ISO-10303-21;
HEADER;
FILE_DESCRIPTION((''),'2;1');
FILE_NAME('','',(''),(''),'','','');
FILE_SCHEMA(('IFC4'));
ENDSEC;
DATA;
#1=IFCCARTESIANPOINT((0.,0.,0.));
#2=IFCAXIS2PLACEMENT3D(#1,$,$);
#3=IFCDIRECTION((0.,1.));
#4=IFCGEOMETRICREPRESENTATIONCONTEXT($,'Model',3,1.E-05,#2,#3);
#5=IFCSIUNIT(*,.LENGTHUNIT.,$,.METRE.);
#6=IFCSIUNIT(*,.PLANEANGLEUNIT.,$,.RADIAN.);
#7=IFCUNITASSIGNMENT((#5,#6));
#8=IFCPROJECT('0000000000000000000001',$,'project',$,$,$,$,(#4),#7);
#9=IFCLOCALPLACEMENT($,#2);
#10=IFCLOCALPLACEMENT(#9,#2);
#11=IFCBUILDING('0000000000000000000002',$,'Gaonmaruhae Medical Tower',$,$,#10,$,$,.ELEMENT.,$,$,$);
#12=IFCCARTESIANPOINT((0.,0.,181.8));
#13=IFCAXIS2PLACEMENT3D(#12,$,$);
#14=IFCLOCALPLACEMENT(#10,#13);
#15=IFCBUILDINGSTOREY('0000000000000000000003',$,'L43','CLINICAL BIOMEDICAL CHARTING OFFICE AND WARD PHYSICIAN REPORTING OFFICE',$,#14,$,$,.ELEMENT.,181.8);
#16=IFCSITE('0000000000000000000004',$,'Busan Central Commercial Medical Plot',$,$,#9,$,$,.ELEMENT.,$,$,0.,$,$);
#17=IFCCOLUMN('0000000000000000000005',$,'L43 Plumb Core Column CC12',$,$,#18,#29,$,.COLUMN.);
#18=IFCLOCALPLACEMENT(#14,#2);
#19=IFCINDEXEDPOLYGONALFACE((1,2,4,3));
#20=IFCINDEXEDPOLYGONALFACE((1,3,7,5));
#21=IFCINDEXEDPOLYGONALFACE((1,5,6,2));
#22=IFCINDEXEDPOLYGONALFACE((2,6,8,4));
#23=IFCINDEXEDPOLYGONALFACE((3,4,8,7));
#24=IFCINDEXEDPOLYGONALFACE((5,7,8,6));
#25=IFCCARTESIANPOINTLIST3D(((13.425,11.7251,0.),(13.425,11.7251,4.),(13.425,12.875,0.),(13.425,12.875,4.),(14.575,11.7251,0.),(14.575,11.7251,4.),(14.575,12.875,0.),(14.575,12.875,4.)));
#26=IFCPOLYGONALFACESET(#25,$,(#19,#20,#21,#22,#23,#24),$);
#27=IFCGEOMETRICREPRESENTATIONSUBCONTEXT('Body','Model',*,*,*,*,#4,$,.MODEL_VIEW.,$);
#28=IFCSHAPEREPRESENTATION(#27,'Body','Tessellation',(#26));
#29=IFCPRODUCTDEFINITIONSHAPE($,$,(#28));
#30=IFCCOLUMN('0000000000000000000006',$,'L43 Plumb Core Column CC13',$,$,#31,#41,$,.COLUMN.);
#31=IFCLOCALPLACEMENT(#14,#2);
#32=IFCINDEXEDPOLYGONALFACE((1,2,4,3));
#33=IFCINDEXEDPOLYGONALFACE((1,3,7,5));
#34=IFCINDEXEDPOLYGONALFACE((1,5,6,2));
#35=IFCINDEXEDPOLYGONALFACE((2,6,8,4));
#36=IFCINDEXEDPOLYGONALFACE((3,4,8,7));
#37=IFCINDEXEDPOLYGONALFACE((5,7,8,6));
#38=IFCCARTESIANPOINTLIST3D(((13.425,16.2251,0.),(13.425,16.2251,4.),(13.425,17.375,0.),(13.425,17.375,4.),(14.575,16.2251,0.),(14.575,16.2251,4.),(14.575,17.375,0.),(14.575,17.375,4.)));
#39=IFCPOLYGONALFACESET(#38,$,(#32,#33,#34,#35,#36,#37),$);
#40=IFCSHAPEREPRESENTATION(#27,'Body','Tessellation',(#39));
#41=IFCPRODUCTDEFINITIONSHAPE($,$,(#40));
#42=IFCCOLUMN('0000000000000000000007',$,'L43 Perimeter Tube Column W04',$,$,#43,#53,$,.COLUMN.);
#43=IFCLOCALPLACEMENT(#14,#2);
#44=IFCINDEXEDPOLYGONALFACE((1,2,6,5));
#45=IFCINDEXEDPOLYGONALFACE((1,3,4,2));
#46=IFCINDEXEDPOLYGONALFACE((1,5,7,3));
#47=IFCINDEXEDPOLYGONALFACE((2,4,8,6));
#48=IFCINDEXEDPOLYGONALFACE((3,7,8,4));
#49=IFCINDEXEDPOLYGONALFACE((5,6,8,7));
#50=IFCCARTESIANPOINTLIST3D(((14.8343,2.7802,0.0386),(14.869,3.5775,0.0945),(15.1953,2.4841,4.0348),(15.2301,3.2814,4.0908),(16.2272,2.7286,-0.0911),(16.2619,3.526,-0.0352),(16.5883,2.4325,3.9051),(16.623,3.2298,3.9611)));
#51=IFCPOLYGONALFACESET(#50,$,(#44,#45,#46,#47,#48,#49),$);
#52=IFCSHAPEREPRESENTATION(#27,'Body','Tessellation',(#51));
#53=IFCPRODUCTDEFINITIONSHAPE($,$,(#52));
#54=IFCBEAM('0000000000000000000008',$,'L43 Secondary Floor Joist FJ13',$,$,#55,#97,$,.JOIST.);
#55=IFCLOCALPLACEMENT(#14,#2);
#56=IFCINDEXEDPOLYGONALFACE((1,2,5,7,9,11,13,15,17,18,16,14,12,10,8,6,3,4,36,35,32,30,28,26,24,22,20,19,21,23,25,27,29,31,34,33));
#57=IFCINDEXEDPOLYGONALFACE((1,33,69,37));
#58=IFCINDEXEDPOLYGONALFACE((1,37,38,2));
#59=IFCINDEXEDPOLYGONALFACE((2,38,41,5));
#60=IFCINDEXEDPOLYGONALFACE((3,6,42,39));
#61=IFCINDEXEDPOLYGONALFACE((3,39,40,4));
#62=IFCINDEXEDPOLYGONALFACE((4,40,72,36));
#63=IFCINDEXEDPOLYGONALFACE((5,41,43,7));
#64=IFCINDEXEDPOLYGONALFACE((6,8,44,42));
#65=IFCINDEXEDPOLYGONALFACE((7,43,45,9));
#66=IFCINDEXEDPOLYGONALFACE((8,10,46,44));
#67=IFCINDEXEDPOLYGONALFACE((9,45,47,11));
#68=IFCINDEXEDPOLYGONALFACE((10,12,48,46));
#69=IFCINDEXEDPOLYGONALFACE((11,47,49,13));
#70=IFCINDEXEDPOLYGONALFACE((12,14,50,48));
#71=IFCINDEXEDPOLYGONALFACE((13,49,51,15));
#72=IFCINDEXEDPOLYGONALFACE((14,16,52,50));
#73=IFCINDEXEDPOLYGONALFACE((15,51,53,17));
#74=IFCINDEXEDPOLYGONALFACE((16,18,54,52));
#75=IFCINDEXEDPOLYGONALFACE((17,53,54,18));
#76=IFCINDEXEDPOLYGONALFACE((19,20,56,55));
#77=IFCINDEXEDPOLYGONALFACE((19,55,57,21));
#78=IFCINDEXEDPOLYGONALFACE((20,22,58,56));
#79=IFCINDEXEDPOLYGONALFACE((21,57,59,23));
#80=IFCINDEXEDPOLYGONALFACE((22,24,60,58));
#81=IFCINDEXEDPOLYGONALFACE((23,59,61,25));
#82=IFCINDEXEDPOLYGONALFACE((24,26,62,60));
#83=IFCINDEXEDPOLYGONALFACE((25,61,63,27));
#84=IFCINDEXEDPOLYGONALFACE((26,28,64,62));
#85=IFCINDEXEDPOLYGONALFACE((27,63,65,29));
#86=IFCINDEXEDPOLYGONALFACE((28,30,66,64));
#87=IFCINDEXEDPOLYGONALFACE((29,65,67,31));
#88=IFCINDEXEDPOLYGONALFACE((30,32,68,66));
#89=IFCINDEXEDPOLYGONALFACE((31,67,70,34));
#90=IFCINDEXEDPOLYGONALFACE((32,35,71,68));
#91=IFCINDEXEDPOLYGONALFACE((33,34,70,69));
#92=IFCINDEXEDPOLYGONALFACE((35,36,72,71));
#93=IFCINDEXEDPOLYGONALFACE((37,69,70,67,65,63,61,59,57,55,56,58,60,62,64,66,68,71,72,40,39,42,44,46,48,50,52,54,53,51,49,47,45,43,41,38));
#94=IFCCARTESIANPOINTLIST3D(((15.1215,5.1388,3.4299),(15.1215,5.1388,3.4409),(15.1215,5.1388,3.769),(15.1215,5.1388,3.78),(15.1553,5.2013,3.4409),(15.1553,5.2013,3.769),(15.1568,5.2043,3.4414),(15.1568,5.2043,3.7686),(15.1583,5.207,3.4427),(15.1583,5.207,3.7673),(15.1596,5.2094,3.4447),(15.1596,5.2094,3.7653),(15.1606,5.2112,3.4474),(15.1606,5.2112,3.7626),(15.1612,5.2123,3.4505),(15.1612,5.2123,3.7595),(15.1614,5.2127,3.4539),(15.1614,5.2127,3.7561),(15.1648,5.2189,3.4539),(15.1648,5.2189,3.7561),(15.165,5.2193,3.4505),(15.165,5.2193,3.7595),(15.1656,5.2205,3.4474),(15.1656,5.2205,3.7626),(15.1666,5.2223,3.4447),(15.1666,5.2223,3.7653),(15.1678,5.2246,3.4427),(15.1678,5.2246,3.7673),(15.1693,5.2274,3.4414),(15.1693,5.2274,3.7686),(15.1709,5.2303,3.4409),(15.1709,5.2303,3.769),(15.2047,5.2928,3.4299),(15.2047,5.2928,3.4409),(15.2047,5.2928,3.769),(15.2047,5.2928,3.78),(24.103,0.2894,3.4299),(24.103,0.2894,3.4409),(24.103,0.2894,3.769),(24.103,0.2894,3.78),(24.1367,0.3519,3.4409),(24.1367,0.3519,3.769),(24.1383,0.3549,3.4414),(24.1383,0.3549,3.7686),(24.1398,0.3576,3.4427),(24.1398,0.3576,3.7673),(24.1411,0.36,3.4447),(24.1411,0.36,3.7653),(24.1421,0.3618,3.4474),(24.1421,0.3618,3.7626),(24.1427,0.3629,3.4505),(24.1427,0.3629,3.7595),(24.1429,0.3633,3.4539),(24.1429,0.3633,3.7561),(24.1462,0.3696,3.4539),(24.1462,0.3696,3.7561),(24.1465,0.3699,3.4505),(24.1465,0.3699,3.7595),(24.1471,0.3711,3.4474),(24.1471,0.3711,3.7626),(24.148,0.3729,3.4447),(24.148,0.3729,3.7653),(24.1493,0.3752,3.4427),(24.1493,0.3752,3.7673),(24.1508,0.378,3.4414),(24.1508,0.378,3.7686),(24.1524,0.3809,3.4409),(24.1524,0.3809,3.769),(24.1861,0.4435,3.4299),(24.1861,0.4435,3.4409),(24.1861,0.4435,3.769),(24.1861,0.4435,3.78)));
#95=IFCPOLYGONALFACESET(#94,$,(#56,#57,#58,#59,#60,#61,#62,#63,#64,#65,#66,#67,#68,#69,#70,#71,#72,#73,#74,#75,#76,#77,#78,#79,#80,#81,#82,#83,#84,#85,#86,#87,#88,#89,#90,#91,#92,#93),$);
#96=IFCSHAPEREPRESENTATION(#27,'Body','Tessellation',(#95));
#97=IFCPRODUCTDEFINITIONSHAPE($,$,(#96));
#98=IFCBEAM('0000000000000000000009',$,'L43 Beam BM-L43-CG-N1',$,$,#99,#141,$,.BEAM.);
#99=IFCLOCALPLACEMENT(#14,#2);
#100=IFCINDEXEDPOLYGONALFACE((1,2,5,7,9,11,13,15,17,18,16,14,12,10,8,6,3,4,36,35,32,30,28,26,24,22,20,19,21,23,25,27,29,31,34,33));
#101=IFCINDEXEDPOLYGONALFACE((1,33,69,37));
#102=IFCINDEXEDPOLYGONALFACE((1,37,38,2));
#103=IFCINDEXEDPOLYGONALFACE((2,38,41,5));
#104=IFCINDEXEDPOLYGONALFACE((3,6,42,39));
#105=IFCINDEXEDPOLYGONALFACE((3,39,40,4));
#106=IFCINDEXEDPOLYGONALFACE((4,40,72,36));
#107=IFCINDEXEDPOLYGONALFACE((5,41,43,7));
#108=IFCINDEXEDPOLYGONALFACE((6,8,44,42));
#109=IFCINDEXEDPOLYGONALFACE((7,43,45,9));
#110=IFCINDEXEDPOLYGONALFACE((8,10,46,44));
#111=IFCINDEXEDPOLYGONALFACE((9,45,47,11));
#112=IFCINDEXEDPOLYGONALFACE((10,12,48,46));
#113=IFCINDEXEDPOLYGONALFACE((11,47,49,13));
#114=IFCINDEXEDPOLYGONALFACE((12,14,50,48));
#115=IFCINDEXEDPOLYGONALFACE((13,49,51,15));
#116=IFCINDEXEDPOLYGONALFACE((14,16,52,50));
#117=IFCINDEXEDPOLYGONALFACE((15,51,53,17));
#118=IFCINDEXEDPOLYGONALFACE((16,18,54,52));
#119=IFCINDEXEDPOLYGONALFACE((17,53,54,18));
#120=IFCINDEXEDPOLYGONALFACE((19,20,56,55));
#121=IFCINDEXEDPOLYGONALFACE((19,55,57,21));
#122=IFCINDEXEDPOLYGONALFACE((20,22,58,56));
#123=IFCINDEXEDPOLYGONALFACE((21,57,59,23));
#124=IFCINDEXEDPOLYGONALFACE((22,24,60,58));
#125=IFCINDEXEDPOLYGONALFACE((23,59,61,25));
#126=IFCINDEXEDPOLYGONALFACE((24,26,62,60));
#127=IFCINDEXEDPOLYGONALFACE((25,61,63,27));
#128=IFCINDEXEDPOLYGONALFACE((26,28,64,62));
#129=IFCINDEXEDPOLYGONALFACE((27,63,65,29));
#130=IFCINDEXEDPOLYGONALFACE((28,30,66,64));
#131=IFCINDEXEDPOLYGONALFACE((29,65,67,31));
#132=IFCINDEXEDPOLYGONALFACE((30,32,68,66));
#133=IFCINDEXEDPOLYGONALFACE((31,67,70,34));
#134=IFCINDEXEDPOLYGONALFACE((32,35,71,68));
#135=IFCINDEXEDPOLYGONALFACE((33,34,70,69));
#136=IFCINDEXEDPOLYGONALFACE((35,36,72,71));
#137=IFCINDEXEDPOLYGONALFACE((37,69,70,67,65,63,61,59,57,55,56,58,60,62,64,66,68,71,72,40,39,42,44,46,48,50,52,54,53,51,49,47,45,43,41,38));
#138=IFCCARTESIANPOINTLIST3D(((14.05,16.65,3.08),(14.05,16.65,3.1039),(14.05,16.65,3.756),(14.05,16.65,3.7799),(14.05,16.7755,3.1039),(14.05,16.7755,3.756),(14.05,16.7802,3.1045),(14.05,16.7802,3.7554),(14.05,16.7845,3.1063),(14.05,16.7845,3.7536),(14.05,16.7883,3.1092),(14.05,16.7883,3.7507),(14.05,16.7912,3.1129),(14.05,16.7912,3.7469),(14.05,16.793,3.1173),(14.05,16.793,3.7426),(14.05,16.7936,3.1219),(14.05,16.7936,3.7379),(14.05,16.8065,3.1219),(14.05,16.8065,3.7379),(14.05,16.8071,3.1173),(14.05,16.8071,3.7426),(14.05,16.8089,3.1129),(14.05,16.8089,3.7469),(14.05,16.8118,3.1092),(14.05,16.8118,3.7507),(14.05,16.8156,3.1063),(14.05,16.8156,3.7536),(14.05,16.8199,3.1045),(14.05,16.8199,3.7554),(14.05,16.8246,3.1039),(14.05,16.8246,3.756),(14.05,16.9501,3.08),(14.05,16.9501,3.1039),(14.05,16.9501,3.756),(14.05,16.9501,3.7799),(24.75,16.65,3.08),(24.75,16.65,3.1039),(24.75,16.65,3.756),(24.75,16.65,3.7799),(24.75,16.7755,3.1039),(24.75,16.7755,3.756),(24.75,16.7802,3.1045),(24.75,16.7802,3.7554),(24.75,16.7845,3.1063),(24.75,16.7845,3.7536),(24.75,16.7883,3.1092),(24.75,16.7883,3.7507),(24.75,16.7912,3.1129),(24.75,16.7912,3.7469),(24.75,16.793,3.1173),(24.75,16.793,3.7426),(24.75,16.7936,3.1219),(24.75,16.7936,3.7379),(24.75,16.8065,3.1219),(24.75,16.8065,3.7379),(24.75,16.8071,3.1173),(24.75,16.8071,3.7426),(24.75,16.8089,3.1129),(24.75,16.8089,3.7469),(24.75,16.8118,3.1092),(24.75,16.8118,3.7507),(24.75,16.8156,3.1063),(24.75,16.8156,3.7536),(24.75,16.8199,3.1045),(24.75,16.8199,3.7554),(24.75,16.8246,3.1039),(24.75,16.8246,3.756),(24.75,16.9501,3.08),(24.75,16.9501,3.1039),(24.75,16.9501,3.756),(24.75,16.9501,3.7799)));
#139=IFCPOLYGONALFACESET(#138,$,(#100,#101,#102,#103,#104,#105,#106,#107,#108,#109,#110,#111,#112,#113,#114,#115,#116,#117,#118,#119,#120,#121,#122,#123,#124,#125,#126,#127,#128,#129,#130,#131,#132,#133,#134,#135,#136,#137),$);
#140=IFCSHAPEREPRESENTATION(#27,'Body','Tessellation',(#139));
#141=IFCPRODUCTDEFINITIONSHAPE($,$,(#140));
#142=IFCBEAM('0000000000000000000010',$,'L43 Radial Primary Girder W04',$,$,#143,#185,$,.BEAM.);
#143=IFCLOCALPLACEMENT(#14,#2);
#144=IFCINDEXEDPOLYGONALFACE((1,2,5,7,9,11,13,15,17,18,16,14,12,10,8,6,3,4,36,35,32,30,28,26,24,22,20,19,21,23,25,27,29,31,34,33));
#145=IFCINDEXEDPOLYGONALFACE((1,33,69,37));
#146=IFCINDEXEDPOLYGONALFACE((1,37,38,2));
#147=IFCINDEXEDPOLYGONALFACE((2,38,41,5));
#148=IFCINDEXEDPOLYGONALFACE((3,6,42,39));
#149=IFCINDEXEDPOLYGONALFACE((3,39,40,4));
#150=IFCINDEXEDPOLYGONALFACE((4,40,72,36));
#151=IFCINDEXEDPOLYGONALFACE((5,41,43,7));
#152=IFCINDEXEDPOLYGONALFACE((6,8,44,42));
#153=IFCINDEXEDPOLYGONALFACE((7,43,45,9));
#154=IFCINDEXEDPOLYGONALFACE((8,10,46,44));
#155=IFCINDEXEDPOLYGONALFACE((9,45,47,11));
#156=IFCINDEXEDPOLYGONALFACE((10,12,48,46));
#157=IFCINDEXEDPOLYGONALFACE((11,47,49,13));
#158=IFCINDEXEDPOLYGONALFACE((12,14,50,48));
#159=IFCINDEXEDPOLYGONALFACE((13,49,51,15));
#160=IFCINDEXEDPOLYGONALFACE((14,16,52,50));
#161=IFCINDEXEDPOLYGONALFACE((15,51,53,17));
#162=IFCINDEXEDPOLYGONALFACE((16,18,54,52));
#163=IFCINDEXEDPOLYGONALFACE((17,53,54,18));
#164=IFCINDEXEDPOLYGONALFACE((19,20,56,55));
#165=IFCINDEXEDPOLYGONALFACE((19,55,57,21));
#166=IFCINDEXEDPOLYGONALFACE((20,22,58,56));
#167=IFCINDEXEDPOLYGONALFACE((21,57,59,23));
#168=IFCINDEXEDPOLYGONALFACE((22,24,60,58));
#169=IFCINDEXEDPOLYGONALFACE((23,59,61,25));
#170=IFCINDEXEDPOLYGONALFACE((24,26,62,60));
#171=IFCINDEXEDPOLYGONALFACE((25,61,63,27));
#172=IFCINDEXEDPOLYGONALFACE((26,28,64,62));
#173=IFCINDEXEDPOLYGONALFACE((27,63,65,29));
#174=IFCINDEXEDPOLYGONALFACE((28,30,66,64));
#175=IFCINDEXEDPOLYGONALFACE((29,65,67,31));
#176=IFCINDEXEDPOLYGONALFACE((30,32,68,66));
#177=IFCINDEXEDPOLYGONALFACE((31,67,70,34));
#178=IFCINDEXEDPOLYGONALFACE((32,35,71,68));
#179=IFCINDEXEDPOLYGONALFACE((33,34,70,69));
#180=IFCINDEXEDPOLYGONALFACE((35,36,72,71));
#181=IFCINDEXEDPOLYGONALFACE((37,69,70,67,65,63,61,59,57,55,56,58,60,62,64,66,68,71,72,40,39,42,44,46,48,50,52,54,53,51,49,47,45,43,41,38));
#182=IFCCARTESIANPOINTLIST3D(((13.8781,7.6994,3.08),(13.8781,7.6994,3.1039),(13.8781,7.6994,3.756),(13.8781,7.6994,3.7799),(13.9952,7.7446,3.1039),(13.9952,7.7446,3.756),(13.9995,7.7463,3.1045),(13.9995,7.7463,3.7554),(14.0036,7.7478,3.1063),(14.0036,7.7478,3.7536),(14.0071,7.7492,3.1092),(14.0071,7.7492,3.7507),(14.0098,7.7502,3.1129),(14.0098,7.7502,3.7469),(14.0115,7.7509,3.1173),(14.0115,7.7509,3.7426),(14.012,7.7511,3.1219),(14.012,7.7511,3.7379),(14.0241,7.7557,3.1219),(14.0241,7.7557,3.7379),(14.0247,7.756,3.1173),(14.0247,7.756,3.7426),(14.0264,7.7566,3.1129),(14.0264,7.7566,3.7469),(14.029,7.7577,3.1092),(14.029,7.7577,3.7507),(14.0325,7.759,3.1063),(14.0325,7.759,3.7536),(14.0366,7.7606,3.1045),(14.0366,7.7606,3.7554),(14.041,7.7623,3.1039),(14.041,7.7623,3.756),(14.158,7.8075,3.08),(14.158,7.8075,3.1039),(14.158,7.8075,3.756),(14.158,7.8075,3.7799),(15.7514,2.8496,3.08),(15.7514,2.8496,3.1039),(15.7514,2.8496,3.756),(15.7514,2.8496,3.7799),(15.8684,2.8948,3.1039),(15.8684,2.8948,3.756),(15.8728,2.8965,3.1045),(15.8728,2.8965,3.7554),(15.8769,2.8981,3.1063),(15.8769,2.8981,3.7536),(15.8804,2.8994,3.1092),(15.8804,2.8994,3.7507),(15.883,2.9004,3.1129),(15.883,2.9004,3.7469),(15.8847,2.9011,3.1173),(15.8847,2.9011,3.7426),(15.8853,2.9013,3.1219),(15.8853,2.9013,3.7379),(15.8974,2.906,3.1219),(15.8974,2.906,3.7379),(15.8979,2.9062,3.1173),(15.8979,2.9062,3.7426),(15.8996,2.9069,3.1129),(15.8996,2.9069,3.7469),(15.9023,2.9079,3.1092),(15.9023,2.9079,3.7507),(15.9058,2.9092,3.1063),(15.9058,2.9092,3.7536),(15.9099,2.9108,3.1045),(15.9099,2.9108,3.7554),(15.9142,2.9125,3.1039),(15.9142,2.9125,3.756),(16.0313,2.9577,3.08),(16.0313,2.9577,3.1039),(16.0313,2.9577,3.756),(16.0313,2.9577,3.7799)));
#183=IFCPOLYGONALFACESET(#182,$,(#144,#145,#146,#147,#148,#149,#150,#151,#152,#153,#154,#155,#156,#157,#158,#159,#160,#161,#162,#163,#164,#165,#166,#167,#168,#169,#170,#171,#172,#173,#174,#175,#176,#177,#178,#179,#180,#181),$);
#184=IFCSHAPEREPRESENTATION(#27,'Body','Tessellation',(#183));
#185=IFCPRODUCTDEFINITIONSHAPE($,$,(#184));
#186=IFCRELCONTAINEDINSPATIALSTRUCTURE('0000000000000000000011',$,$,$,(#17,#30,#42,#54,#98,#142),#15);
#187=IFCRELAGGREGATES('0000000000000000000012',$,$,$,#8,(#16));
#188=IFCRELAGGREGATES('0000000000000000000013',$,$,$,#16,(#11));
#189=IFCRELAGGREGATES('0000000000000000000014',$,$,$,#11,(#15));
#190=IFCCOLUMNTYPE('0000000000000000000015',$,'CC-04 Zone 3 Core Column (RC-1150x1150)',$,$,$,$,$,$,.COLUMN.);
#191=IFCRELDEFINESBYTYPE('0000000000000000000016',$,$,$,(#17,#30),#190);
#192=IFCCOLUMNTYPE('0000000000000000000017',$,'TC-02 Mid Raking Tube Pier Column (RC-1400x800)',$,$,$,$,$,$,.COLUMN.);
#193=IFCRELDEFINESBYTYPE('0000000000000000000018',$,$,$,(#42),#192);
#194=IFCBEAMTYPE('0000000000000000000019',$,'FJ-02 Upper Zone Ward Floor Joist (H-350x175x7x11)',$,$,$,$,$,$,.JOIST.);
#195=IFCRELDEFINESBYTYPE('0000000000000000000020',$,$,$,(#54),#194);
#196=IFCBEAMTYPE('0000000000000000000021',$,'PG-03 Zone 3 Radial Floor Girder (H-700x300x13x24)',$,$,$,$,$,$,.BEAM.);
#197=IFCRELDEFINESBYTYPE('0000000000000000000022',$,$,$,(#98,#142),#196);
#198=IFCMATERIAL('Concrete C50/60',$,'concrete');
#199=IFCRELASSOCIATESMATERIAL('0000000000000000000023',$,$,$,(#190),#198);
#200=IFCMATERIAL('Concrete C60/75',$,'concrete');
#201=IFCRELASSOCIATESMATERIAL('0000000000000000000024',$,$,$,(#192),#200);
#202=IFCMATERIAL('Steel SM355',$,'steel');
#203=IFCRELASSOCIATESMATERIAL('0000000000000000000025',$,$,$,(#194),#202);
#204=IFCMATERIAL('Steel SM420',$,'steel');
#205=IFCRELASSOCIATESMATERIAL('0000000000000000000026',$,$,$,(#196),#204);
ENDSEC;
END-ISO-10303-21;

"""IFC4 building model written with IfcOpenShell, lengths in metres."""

from ifc_helpers import new_model, si_unit, direction, frame, origin, origin_2d, place, context, subcontext, project, spatial, rectangle, i_section, extrude, material, material_profile, profile_set, type_object, element, save


model = new_model("IFC4")

# Units and contexts
model_context = context("Model", 3, precision=1e-05, world=origin(), true_north=direction((0.0, 1.0)))
body_context = subcontext(model_context, "Body", "Model", "MODEL_VIEW")
ifc_project = project(units=[si_unit("LENGTHUNIT", "METRE"), si_unit("PLANEANGLEUNIT", "RADIAN")], contexts=[model_context])

# Site, building, storey
site_placement = place(None, origin())
site = spatial("IfcSite", under=ifc_project, at=site_placement, Name="Busan Central Commercial Medical Plot", CompositionType="ELEMENT", RefElevation=0.0)
building_placement = place(site_placement, origin())
building = spatial("IfcBuilding", under=site, at=building_placement, Name="Gaonmaruhae Medical Tower", CompositionType="ELEMENT")
storey_placement = place(building_placement, frame((0.0, 0.0, 181.8)))
storey = spatial("IfcBuildingStorey", under=building, at=storey_placement, Name="L43", Description="CLINICAL BIOMEDICAL CHARTING OFFICE AND WARD PHYSICIAN REPORTING OFFICE", CompositionType="ELEMENT", Elevation=181.8)

# Columns
ifc_material_1 = material(Name="Concrete C50/60", Category="concrete")
ifc_material_profile_1 = material_profile(ifc_material_1, rectangle(XDim=1.1499, YDim=1.1499, at=origin_2d()), Name="RC-1150x1150")
ifc_profile_set_1 = profile_set([ifc_material_profile_1], Name="Concrete C50/60")
column_type_1 = type_object("IfcColumnType", Name="CC-04 Zone 3 Core Column (RC-1150x1150)", PredefinedType="COLUMN", material=ifc_profile_set_1)
for number, where, z_axis, x_axis, name in (
    (1, (14.0, 12.3, 0.0), (0.0, 0.0, 1.0), (1.0, 0.0, 0.0), "L43 Plumb Core Column CC12"),
    (2, (14.0, 16.8, 0.0), (0.0, 0.0, 1.0), (1.0, 0.0, 0.0), "L43 Plumb Core Column CC13"),
):
    element("IfcColumn", number, at=place(storey_placement, frame(where, z_axis=z_axis, x_axis=x_axis)), inside=storey, type_object=column_type_1, Name=name, PredefinedType="COLUMN", context=body_context, shape_type="SweptSolid", body=[
        extrude(rectangle(XDim=1.1499, YDim=1.1499, at=origin_2d()), origin(), (0.0, 0.0, 1.0), 4.0),
    ])
ifc_material_2 = material(Name="Concrete C60/75", Category="concrete")
ifc_material_profile_2 = material_profile(ifc_material_2, rectangle(XDim=1.3999, YDim=0.8, at=origin_2d()), Name="RC-1400x800")
ifc_profile_set_2 = profile_set([ifc_material_profile_2], Name="Concrete C60/75")
column_type_2 = type_object("IfcColumnType", Name="TC-02 Mid Raking Tube Pier Column (RC-1400x800)", PredefinedType="COLUMN", material=ifc_profile_set_2)
column_placement = place(storey_placement, frame((15.5481, 3.1531, 0.0017), z_axis=(0.089743, -0.073603, 0.993242), x_axis=(-0.995019, 0.036831, 0.092633)))
element("IfcColumn", 3, at=column_placement, inside=storey, type_object=column_type_2, Name="L43 Perimeter Tube Column W04", PredefinedType="COLUMN", context=body_context, shape_type="SweptSolid", body=[
    extrude(rectangle(XDim=1.3999, YDim=0.8, at=origin_2d()), origin(), (0.0, 0.0, 1.0), 4.0234),
])

# Beams
ifc_material_3 = material(Name="Steel SM355", Category="steel")
ifc_material_profile_3 = material_profile(ifc_material_3, i_section(OverallWidth=0.175, OverallDepth=0.3501, WebThickness=0.0071, FlangeThickness=0.011, FilletRadius=0.0129, at=origin_2d()), Name="H-350x175x7x11")
ifc_profile_set_3 = profile_set([ifc_material_profile_3], Name="Steel SM355")
beam_type_1 = type_object("IfcBeamType", Name="FJ-02 Upper Zone Ward Floor Joist (H-350x175x7x11)", PredefinedType="JOIST", material=ifc_profile_set_3)
beam_1_placement = place(storey_placement, frame((15.1631, 5.2158, 3.605), z_axis=(0.879931, -0.475102, 0.0), x_axis=(0.475102, 0.879931, 0.0)))
element("IfcBeam", 4, at=beam_1_placement, inside=storey, type_object=beam_type_1, Name="L43 Secondary Floor Joist FJ13", PredefinedType="JOIST", context=body_context, shape_type="SweptSolid", body=[
    extrude(i_section(OverallWidth=0.175, OverallDepth=0.3501, WebThickness=0.0071, FlangeThickness=0.011, FilletRadius=0.0129, at=origin_2d()), origin(), (0.0, 0.0, 1.0), 10.207),
])
ifc_material_4 = material(Name="Steel SM420", Category="steel")
ifc_material_profile_4 = material_profile(ifc_material_4, i_section(OverallWidth=0.3, OverallDepth=0.7, WebThickness=0.0129, FlangeThickness=0.0239, FilletRadius=0.0181, at=origin_2d()), Name="H-700x300x13x24")
ifc_profile_set_4 = profile_set([ifc_material_profile_4], Name="Steel SM420")
beam_type_2 = type_object("IfcBeamType", Name="PG-03 Zone 3 Radial Floor Girder (H-700x300x13x24)", PredefinedType="BEAM", material=ifc_profile_set_4)
beam_2_placement = place(storey_placement, frame((14.05, 16.8, 3.4299), z_axis=(1.0, 0.0, 0.0), x_axis=(0.0, 1.0, 0.0)))
element("IfcBeam", 5, at=beam_2_placement, inside=storey, type_object=beam_type_2, Name="L43 Beam BM-L43-CG-N1", PredefinedType="BEAM", context=body_context, shape_type="SweptSolid", body=[
    extrude(i_section(OverallWidth=0.3, OverallDepth=0.7, WebThickness=0.0129, FlangeThickness=0.0239, FilletRadius=0.0181, at=origin_2d()), origin(), (0.0, 0.0, 1.0), 10.7),
])
beam_3_placement = place(storey_placement, frame((14.0181, 7.7534, 3.4299), z_axis=(0.360313, -0.932831, 0.0), x_axis=(0.932831, 0.360313, 0.0)))
element("IfcBeam", 6, at=beam_3_placement, inside=storey, type_object=beam_type_2, Name="L43 Radial Primary Girder W04", PredefinedType="BEAM", context=body_context, shape_type="SweptSolid", body=[
    extrude(i_section(OverallWidth=0.3, OverallDepth=0.7, WebThickness=0.0129, FlangeThickness=0.0239, FilletRadius=0.0181, at=origin_2d()), origin(), (0.0, 0.0, 1.0), 5.199),
])

save(model, "model.ifc")
